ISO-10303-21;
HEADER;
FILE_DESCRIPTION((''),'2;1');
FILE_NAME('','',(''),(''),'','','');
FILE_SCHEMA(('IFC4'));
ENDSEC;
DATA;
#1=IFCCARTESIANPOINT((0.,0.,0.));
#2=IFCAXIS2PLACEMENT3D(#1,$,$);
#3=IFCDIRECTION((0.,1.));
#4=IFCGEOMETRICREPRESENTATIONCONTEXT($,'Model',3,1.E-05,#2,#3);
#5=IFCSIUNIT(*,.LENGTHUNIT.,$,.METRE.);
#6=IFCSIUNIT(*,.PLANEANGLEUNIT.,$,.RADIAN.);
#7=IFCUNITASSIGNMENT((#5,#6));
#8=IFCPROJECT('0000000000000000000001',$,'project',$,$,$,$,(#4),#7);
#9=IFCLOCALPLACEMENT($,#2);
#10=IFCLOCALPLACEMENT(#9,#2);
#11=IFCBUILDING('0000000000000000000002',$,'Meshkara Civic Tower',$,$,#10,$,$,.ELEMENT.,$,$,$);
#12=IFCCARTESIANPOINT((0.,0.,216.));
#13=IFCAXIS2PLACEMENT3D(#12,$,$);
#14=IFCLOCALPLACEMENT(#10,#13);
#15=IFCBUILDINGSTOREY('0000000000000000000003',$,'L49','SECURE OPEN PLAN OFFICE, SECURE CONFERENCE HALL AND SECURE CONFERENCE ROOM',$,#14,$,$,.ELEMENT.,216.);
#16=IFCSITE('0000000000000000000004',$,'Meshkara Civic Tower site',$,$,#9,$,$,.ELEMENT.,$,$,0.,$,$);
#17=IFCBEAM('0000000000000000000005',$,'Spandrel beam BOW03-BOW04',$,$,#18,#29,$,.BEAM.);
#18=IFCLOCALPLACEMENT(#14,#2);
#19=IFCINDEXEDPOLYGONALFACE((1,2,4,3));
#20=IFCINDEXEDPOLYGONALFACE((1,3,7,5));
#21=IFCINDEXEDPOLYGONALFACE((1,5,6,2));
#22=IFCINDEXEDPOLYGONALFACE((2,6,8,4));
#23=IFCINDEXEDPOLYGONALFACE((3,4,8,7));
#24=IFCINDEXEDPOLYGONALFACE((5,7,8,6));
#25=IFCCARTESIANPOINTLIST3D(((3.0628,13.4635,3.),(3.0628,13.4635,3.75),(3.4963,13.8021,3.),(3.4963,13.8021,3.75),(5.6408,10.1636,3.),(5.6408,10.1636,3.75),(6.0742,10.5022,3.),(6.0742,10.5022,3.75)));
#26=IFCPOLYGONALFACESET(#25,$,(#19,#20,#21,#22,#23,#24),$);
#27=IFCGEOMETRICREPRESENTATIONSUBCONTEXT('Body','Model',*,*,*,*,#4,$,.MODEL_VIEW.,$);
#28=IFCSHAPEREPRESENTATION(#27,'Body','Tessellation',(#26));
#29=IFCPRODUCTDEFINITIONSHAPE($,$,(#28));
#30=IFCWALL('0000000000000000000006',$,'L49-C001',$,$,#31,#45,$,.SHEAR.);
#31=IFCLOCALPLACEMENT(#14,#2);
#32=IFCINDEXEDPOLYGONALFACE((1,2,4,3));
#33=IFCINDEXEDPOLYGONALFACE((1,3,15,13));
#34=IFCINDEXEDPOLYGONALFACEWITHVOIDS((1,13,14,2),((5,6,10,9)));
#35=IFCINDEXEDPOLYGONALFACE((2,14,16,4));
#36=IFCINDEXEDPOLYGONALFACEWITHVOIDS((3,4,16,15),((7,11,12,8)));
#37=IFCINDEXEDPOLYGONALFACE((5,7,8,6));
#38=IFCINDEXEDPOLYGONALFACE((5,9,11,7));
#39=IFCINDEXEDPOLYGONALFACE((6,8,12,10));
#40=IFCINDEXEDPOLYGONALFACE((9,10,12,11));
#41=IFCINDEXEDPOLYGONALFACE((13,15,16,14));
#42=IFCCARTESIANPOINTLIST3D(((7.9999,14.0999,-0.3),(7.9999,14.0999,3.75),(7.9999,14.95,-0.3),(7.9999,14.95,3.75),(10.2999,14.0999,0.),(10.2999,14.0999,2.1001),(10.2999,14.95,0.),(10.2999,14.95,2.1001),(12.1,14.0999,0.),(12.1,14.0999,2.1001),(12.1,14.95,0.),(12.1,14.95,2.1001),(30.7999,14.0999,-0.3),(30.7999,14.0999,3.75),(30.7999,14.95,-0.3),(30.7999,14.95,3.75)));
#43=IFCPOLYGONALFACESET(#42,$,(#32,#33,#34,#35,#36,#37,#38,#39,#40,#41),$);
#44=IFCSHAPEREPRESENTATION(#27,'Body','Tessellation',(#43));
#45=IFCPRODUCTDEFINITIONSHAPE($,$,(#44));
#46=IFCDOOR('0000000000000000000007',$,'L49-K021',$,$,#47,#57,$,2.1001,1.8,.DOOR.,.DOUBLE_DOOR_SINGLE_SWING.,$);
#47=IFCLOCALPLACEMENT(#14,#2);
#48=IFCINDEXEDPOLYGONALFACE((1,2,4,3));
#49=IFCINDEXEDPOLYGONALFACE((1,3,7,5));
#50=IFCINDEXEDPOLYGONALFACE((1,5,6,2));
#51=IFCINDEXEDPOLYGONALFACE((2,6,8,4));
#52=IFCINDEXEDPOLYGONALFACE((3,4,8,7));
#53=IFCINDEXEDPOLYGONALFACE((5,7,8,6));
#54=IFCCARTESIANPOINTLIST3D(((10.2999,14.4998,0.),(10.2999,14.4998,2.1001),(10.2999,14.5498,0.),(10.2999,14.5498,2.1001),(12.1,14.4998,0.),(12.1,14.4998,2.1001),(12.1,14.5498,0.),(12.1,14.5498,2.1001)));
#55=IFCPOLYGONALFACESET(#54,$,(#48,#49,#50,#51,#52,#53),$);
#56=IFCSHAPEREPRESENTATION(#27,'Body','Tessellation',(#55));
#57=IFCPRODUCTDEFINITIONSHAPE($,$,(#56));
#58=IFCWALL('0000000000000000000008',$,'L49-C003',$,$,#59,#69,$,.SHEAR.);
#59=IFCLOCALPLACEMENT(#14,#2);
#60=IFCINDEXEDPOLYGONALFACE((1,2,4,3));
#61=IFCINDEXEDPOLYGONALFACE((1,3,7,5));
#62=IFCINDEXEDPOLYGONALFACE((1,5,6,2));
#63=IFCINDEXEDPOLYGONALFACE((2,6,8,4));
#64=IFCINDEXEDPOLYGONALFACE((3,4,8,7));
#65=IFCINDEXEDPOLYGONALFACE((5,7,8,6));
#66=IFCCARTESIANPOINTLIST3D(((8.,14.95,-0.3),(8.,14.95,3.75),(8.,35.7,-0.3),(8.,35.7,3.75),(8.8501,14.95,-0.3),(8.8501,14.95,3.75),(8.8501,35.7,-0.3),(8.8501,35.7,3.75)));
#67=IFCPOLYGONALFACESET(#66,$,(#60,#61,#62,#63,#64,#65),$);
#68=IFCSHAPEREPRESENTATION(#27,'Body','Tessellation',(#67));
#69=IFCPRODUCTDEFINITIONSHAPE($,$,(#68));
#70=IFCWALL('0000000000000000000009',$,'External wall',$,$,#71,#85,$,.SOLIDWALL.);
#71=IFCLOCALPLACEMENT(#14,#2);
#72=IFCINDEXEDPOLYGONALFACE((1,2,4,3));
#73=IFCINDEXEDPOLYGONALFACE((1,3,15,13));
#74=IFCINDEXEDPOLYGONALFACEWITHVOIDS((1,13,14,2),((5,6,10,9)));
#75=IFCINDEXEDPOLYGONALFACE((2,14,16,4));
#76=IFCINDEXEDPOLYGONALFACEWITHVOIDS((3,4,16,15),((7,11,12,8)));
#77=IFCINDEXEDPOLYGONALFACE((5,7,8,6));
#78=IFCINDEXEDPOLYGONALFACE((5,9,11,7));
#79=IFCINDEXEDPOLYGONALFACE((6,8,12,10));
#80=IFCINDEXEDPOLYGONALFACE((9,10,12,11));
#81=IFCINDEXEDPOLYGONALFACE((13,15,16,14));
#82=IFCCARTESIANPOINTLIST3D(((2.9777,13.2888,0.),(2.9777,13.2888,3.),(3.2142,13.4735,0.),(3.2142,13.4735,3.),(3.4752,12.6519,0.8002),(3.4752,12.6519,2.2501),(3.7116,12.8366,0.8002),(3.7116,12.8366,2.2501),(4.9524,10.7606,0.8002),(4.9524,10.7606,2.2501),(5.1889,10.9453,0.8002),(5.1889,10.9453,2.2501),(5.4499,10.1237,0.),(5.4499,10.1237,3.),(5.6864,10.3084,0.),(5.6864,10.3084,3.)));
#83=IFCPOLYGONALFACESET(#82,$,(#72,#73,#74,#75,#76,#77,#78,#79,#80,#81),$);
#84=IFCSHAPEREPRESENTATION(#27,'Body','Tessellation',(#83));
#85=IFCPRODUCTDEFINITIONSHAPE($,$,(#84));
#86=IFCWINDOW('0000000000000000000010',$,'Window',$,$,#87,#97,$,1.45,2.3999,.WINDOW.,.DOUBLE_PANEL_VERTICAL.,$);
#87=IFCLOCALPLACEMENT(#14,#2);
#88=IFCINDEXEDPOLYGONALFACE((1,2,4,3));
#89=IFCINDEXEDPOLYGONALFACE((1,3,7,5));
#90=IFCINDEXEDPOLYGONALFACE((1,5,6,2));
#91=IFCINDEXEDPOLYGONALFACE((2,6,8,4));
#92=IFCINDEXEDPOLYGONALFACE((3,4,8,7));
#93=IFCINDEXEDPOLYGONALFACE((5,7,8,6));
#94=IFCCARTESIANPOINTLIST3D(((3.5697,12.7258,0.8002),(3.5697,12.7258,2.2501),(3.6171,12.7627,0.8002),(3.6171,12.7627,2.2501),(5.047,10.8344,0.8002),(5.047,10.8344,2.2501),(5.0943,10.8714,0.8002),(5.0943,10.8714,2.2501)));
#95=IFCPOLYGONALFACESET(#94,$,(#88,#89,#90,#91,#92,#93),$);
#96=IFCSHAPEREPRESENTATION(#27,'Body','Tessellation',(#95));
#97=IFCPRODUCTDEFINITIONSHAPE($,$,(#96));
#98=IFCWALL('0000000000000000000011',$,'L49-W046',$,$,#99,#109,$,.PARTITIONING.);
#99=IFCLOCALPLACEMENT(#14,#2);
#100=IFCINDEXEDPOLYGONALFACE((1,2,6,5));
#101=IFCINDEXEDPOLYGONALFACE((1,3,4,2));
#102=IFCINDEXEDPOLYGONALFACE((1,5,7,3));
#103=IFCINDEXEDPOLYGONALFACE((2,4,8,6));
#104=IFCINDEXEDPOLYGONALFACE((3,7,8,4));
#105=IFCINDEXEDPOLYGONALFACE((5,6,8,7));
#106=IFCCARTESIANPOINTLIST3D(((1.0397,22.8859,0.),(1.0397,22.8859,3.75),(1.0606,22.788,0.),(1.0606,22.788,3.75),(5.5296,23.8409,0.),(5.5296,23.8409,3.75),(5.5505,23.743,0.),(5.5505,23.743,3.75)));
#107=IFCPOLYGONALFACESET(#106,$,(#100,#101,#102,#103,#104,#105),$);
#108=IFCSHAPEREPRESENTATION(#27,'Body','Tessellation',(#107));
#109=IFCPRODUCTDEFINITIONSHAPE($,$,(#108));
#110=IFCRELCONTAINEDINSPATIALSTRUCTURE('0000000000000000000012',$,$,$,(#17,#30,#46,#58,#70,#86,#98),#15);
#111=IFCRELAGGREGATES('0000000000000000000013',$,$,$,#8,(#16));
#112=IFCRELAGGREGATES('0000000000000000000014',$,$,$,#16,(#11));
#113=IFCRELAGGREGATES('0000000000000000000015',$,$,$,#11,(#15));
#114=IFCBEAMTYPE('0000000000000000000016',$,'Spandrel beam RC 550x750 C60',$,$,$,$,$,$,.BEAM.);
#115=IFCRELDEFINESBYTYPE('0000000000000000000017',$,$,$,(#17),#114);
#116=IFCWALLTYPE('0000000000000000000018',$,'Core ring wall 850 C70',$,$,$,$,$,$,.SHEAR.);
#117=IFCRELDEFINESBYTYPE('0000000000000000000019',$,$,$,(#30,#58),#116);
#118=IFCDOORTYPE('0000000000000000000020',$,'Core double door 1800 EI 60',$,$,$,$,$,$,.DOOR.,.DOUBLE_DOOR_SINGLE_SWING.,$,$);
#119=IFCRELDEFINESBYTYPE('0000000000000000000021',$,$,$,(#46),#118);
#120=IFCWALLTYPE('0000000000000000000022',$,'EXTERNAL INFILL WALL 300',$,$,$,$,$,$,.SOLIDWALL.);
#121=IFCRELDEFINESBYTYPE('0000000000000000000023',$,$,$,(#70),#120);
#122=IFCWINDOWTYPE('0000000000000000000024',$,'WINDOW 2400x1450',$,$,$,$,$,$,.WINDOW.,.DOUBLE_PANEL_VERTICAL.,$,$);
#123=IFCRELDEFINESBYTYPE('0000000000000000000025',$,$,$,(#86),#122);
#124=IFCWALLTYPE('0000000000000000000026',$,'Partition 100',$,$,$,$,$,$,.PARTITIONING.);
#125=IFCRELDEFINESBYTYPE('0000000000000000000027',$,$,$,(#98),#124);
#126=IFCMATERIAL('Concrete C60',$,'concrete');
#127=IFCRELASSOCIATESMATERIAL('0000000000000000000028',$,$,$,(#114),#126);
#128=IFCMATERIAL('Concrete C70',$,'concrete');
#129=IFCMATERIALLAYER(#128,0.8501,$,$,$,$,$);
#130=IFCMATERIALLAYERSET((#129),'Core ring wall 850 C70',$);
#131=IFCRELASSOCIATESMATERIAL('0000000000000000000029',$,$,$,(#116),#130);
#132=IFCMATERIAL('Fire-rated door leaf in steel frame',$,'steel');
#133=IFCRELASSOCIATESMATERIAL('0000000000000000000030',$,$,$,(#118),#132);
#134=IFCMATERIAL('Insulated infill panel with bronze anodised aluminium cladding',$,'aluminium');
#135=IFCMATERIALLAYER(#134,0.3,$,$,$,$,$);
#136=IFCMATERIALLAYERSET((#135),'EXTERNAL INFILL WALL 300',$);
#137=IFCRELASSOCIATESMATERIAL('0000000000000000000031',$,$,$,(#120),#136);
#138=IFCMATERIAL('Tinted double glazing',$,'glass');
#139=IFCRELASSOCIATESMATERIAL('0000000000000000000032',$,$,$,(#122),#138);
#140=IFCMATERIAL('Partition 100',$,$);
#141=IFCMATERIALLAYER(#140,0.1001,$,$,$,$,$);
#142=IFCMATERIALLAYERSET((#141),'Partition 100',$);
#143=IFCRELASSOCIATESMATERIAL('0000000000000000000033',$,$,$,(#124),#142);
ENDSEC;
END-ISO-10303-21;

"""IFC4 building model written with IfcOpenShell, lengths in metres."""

from ifc_helpers import new_model, si_unit, direction, frame, frame_2d, origin, origin_2d, place, context, subcontext, project, spatial, rectangle, extrude, material, layer, layer_set, material_profile, profile_set, type_object, element, fill, save


model = new_model("IFC4")

# Units and contexts
model_context = context("Model", 3, precision=1e-05, world=origin(), true_north=direction((0.0, 1.0)))
body_context = subcontext(model_context, "Body", "Model", "MODEL_VIEW")
ifc_project = project(units=[si_unit("LENGTHUNIT", "METRE"), si_unit("PLANEANGLEUNIT", "RADIAN")], contexts=[model_context])

# Site, building, storey
site_placement = place(None, origin())
site = spatial("IfcSite", under=ifc_project, at=site_placement, Name="Meshkara Civic Tower site", CompositionType="ELEMENT", RefElevation=0.0)
building_placement = place(site_placement, origin())
building = spatial("IfcBuilding", under=site, at=building_placement, Name="Meshkara Civic Tower", CompositionType="ELEMENT")
storey_placement = place(building_placement, frame((0.0, 0.0, 216.0)))
storey = spatial("IfcBuildingStorey", under=building, at=storey_placement, Name="L49", Description="SECURE OPEN PLAN OFFICE, SECURE CONFERENCE HALL AND SECURE CONFERENCE ROOM", CompositionType="ELEMENT", Elevation=216.0)

# Beam
ifc_material_1 = material(Name="Concrete C60", Category="concrete")
ifc_material_profile = material_profile(ifc_material_1, rectangle(XDim=0.55, YDim=0.75, at=origin_2d()))
ifc_profile_set = profile_set([ifc_material_profile], Name="Concrete C60")
beam_type = type_object("IfcBeamType", Name="Spandrel beam RC 550x750 C60", PredefinedType="BEAM", material=ifc_profile_set)
beam_placement = place(storey_placement, frame((3.2795, 13.6328, 3.375), z_axis=(0.61563, -0.788035, 0.0), x_axis=(0.788035, 0.61563, 0.0)))
element("IfcBeam", 1, at=beam_placement, inside=storey, type_object=beam_type, Name="Spandrel beam BOW03-BOW04", PredefinedType="BEAM", context=body_context, shape_type="SweptSolid", body=[
    extrude(rectangle(XDim=0.55, YDim=0.75, at=origin_2d()), origin(), (0.0, 0.0, 1.0), 4.1875),
])

# Wall, opening, door
ifc_material_2 = material(Name="Concrete C70", Category="concrete")
ifc_layer_1 = layer(ifc_material_2, 0.8501)
ifc_layer_set_1 = layer_set([ifc_layer_1], Name="Core ring wall 850 C70")
wall_type_1 = type_object("IfcWallType", Name="Core ring wall 850 C70", PredefinedType="SHEAR", material=ifc_layer_set_1)
wall_1_placement = place(storey_placement, frame((8.0, 14.5249, -0.3), z_axis=(0.0, 0.0, 1.0), x_axis=(1.0, 0.0, 0.0)))
wall_1 = element("IfcWall", 2, at=wall_1_placement, inside=storey, type_object=wall_type_1, Name="L49-C001", PredefinedType="SHEAR", context=body_context, shape_type="SweptSolid", body=[
    extrude(rectangle(XDim=22.8, YDim=0.8501, at=frame_2d((11.3999, 0.0))), origin(), (0.0, 0.0, 1.0), 4.05),
])
opening_1_placement = place(wall_1_placement, frame((2.3, 0.0, 0.3)))
opening_1 = element("IfcOpeningElement", 3, at=opening_1_placement, cuts=wall_1, PredefinedType="OPENING", context=body_context, shape_type="SweptSolid", body=[
    extrude(rectangle(XDim=1.8, YDim=2.1001, at=frame_2d((0.8999, 1.05))), frame((0.0, 0.4351, 0.0), z_axis=(0.0, -1.0, 0.0), x_axis=(1.0, 0.0, 0.0)), (0.0, 0.0, 1.0), 0.8701),
])
ifc_material_3 = material(Name="Fire-rated door leaf in steel frame", Category="steel")
door_type = type_object("IfcDoorType", Name="Core double door 1800 EI 60", OperationType="DOUBLE_DOOR_SINGLE_SWING", PredefinedType="DOOR", material=ifc_material_3)
door_placement = place(opening_1_placement, origin())
door = element("IfcDoor", 4, at=door_placement, inside=storey, type_object=door_type, Name="L49-K021", OperationType="DOUBLE_DOOR_SINGLE_SWING", OverallHeight=2.1001, OverallWidth=1.8, PredefinedType="DOOR", context=body_context, shape_type="SweptSolid", body=[
    extrude(rectangle(XDim=1.8, YDim=2.1001, at=frame_2d((0.8999, 1.05))), frame((0.0, 0.0249, 0.0), z_axis=(0.0, -1.0, 0.0), x_axis=(1.0, 0.0, 0.0)), (0.0, 0.0, 1.0), 0.05),
])
fill(opening_1, door)

# Wall
wall_2_placement = place(storey_placement, frame((8.425, 14.95, -0.3), z_axis=(0.0, 0.0, 1.0), x_axis=(0.0, 1.0, 0.0)))
element("IfcWall", 5, at=wall_2_placement, inside=storey, type_object=wall_type_1, Name="L49-C003", PredefinedType="SHEAR", context=body_context, shape_type="SweptSolid", body=[
    extrude(rectangle(XDim=20.75, YDim=0.8501, at=frame_2d((10.375, 0.0))), origin(), (0.0, 0.0, 1.0), 4.05),
])

# Wall, opening, window
ifc_material_4 = material(Name="Insulated infill panel with bronze anodised aluminium cladding", Category="aluminium")
ifc_layer_2 = layer(ifc_material_4, 0.3)
ifc_layer_set_2 = layer_set([ifc_layer_2], Name="EXTERNAL INFILL WALL 300")
wall_type_2 = type_object("IfcWallType", Name="EXTERNAL INFILL WALL 300", PredefinedType="SOLIDWALL", material=ifc_layer_set_2)
wall_3_placement = place(storey_placement, frame((3.0959, 13.3811, 0.0), z_axis=(0.0, 0.0, 1.0), x_axis=(0.615564, -0.788087, 0.0)))
wall_3 = element("IfcWall", 6, at=wall_3_placement, inside=storey, type_object=wall_type_2, Name="External wall", PredefinedType="SOLIDWALL", context=body_context, shape_type="SweptSolid", body=[
    extrude(rectangle(XDim=4.0161, YDim=0.3, at=frame_2d((2.0081, 0.0))), origin(), (0.0, 0.0, 1.0), 3.0),
])
opening_2_placement = place(wall_3_placement, frame((0.8081, 0.0, 0.8)))
opening_2 = element("IfcOpeningElement", 7, at=opening_2_placement, cuts=wall_3, PredefinedType="OPENING", context=body_context, shape_type="SweptSolid", body=[
    extrude(rectangle(XDim=2.3999, YDim=1.45, at=frame_2d((1.2, 0.7251))), frame((0.0, 0.1599, 0.0), z_axis=(0.0, -1.0, 0.0), x_axis=(1.0, 0.0, 0.0)), (0.0, 0.0, 1.0), 0.3201),
])
ifc_material_5 = material(Name="Tinted double glazing", Category="glass")
window_type = type_object("IfcWindowType", Name="WINDOW 2400x1450", PartitioningType="DOUBLE_PANEL_VERTICAL", PredefinedType="WINDOW", material=ifc_material_5)
window_placement = place(opening_2_placement, origin())
window = element("IfcWindow", 8, at=window_placement, inside=storey, type_object=window_type, Name="Window", OverallHeight=1.45, OverallWidth=2.3999, PartitioningType="DOUBLE_PANEL_VERTICAL", PredefinedType="WINDOW", context=body_context, shape_type="SweptSolid", body=[
    extrude(rectangle(XDim=2.3999, YDim=1.45, at=frame_2d((1.2, 0.7251))), frame((0.0, 0.03, 0.0), z_axis=(0.0, -1.0, 0.0), x_axis=(1.0, 0.0, 0.0)), (0.0, 0.0, 1.0), 0.0601),
])
fill(opening_2, window)

# Wall
ifc_material_6 = material(Name="Partition 100")
ifc_layer_3 = layer(ifc_material_6, 0.1001)
ifc_layer_set_3 = layer_set([ifc_layer_3], Name="Partition 100")
wall_type_3 = type_object("IfcWallType", Name="Partition 100", PredefinedType="PARTITIONING", material=ifc_layer_set_3)
wall_4_placement = place(storey_placement, frame((5.54, 23.792, 0.0), z_axis=(0.0, 0.0, 1.0), x_axis=(-0.978117, -0.208058, 0.0)))
element("IfcWall", 9, at=wall_4_placement, inside=storey, type_object=wall_type_3, Name="L49-W046", PredefinedType="PARTITIONING", context=body_context, shape_type="SweptSolid", body=[
    extrude(rectangle(XDim=4.5903, YDim=0.1001, at=frame_2d((2.2952, 0.0))), origin(), (0.0, 0.0, 1.0), 3.75),
])

save(model, "model.ifc")
